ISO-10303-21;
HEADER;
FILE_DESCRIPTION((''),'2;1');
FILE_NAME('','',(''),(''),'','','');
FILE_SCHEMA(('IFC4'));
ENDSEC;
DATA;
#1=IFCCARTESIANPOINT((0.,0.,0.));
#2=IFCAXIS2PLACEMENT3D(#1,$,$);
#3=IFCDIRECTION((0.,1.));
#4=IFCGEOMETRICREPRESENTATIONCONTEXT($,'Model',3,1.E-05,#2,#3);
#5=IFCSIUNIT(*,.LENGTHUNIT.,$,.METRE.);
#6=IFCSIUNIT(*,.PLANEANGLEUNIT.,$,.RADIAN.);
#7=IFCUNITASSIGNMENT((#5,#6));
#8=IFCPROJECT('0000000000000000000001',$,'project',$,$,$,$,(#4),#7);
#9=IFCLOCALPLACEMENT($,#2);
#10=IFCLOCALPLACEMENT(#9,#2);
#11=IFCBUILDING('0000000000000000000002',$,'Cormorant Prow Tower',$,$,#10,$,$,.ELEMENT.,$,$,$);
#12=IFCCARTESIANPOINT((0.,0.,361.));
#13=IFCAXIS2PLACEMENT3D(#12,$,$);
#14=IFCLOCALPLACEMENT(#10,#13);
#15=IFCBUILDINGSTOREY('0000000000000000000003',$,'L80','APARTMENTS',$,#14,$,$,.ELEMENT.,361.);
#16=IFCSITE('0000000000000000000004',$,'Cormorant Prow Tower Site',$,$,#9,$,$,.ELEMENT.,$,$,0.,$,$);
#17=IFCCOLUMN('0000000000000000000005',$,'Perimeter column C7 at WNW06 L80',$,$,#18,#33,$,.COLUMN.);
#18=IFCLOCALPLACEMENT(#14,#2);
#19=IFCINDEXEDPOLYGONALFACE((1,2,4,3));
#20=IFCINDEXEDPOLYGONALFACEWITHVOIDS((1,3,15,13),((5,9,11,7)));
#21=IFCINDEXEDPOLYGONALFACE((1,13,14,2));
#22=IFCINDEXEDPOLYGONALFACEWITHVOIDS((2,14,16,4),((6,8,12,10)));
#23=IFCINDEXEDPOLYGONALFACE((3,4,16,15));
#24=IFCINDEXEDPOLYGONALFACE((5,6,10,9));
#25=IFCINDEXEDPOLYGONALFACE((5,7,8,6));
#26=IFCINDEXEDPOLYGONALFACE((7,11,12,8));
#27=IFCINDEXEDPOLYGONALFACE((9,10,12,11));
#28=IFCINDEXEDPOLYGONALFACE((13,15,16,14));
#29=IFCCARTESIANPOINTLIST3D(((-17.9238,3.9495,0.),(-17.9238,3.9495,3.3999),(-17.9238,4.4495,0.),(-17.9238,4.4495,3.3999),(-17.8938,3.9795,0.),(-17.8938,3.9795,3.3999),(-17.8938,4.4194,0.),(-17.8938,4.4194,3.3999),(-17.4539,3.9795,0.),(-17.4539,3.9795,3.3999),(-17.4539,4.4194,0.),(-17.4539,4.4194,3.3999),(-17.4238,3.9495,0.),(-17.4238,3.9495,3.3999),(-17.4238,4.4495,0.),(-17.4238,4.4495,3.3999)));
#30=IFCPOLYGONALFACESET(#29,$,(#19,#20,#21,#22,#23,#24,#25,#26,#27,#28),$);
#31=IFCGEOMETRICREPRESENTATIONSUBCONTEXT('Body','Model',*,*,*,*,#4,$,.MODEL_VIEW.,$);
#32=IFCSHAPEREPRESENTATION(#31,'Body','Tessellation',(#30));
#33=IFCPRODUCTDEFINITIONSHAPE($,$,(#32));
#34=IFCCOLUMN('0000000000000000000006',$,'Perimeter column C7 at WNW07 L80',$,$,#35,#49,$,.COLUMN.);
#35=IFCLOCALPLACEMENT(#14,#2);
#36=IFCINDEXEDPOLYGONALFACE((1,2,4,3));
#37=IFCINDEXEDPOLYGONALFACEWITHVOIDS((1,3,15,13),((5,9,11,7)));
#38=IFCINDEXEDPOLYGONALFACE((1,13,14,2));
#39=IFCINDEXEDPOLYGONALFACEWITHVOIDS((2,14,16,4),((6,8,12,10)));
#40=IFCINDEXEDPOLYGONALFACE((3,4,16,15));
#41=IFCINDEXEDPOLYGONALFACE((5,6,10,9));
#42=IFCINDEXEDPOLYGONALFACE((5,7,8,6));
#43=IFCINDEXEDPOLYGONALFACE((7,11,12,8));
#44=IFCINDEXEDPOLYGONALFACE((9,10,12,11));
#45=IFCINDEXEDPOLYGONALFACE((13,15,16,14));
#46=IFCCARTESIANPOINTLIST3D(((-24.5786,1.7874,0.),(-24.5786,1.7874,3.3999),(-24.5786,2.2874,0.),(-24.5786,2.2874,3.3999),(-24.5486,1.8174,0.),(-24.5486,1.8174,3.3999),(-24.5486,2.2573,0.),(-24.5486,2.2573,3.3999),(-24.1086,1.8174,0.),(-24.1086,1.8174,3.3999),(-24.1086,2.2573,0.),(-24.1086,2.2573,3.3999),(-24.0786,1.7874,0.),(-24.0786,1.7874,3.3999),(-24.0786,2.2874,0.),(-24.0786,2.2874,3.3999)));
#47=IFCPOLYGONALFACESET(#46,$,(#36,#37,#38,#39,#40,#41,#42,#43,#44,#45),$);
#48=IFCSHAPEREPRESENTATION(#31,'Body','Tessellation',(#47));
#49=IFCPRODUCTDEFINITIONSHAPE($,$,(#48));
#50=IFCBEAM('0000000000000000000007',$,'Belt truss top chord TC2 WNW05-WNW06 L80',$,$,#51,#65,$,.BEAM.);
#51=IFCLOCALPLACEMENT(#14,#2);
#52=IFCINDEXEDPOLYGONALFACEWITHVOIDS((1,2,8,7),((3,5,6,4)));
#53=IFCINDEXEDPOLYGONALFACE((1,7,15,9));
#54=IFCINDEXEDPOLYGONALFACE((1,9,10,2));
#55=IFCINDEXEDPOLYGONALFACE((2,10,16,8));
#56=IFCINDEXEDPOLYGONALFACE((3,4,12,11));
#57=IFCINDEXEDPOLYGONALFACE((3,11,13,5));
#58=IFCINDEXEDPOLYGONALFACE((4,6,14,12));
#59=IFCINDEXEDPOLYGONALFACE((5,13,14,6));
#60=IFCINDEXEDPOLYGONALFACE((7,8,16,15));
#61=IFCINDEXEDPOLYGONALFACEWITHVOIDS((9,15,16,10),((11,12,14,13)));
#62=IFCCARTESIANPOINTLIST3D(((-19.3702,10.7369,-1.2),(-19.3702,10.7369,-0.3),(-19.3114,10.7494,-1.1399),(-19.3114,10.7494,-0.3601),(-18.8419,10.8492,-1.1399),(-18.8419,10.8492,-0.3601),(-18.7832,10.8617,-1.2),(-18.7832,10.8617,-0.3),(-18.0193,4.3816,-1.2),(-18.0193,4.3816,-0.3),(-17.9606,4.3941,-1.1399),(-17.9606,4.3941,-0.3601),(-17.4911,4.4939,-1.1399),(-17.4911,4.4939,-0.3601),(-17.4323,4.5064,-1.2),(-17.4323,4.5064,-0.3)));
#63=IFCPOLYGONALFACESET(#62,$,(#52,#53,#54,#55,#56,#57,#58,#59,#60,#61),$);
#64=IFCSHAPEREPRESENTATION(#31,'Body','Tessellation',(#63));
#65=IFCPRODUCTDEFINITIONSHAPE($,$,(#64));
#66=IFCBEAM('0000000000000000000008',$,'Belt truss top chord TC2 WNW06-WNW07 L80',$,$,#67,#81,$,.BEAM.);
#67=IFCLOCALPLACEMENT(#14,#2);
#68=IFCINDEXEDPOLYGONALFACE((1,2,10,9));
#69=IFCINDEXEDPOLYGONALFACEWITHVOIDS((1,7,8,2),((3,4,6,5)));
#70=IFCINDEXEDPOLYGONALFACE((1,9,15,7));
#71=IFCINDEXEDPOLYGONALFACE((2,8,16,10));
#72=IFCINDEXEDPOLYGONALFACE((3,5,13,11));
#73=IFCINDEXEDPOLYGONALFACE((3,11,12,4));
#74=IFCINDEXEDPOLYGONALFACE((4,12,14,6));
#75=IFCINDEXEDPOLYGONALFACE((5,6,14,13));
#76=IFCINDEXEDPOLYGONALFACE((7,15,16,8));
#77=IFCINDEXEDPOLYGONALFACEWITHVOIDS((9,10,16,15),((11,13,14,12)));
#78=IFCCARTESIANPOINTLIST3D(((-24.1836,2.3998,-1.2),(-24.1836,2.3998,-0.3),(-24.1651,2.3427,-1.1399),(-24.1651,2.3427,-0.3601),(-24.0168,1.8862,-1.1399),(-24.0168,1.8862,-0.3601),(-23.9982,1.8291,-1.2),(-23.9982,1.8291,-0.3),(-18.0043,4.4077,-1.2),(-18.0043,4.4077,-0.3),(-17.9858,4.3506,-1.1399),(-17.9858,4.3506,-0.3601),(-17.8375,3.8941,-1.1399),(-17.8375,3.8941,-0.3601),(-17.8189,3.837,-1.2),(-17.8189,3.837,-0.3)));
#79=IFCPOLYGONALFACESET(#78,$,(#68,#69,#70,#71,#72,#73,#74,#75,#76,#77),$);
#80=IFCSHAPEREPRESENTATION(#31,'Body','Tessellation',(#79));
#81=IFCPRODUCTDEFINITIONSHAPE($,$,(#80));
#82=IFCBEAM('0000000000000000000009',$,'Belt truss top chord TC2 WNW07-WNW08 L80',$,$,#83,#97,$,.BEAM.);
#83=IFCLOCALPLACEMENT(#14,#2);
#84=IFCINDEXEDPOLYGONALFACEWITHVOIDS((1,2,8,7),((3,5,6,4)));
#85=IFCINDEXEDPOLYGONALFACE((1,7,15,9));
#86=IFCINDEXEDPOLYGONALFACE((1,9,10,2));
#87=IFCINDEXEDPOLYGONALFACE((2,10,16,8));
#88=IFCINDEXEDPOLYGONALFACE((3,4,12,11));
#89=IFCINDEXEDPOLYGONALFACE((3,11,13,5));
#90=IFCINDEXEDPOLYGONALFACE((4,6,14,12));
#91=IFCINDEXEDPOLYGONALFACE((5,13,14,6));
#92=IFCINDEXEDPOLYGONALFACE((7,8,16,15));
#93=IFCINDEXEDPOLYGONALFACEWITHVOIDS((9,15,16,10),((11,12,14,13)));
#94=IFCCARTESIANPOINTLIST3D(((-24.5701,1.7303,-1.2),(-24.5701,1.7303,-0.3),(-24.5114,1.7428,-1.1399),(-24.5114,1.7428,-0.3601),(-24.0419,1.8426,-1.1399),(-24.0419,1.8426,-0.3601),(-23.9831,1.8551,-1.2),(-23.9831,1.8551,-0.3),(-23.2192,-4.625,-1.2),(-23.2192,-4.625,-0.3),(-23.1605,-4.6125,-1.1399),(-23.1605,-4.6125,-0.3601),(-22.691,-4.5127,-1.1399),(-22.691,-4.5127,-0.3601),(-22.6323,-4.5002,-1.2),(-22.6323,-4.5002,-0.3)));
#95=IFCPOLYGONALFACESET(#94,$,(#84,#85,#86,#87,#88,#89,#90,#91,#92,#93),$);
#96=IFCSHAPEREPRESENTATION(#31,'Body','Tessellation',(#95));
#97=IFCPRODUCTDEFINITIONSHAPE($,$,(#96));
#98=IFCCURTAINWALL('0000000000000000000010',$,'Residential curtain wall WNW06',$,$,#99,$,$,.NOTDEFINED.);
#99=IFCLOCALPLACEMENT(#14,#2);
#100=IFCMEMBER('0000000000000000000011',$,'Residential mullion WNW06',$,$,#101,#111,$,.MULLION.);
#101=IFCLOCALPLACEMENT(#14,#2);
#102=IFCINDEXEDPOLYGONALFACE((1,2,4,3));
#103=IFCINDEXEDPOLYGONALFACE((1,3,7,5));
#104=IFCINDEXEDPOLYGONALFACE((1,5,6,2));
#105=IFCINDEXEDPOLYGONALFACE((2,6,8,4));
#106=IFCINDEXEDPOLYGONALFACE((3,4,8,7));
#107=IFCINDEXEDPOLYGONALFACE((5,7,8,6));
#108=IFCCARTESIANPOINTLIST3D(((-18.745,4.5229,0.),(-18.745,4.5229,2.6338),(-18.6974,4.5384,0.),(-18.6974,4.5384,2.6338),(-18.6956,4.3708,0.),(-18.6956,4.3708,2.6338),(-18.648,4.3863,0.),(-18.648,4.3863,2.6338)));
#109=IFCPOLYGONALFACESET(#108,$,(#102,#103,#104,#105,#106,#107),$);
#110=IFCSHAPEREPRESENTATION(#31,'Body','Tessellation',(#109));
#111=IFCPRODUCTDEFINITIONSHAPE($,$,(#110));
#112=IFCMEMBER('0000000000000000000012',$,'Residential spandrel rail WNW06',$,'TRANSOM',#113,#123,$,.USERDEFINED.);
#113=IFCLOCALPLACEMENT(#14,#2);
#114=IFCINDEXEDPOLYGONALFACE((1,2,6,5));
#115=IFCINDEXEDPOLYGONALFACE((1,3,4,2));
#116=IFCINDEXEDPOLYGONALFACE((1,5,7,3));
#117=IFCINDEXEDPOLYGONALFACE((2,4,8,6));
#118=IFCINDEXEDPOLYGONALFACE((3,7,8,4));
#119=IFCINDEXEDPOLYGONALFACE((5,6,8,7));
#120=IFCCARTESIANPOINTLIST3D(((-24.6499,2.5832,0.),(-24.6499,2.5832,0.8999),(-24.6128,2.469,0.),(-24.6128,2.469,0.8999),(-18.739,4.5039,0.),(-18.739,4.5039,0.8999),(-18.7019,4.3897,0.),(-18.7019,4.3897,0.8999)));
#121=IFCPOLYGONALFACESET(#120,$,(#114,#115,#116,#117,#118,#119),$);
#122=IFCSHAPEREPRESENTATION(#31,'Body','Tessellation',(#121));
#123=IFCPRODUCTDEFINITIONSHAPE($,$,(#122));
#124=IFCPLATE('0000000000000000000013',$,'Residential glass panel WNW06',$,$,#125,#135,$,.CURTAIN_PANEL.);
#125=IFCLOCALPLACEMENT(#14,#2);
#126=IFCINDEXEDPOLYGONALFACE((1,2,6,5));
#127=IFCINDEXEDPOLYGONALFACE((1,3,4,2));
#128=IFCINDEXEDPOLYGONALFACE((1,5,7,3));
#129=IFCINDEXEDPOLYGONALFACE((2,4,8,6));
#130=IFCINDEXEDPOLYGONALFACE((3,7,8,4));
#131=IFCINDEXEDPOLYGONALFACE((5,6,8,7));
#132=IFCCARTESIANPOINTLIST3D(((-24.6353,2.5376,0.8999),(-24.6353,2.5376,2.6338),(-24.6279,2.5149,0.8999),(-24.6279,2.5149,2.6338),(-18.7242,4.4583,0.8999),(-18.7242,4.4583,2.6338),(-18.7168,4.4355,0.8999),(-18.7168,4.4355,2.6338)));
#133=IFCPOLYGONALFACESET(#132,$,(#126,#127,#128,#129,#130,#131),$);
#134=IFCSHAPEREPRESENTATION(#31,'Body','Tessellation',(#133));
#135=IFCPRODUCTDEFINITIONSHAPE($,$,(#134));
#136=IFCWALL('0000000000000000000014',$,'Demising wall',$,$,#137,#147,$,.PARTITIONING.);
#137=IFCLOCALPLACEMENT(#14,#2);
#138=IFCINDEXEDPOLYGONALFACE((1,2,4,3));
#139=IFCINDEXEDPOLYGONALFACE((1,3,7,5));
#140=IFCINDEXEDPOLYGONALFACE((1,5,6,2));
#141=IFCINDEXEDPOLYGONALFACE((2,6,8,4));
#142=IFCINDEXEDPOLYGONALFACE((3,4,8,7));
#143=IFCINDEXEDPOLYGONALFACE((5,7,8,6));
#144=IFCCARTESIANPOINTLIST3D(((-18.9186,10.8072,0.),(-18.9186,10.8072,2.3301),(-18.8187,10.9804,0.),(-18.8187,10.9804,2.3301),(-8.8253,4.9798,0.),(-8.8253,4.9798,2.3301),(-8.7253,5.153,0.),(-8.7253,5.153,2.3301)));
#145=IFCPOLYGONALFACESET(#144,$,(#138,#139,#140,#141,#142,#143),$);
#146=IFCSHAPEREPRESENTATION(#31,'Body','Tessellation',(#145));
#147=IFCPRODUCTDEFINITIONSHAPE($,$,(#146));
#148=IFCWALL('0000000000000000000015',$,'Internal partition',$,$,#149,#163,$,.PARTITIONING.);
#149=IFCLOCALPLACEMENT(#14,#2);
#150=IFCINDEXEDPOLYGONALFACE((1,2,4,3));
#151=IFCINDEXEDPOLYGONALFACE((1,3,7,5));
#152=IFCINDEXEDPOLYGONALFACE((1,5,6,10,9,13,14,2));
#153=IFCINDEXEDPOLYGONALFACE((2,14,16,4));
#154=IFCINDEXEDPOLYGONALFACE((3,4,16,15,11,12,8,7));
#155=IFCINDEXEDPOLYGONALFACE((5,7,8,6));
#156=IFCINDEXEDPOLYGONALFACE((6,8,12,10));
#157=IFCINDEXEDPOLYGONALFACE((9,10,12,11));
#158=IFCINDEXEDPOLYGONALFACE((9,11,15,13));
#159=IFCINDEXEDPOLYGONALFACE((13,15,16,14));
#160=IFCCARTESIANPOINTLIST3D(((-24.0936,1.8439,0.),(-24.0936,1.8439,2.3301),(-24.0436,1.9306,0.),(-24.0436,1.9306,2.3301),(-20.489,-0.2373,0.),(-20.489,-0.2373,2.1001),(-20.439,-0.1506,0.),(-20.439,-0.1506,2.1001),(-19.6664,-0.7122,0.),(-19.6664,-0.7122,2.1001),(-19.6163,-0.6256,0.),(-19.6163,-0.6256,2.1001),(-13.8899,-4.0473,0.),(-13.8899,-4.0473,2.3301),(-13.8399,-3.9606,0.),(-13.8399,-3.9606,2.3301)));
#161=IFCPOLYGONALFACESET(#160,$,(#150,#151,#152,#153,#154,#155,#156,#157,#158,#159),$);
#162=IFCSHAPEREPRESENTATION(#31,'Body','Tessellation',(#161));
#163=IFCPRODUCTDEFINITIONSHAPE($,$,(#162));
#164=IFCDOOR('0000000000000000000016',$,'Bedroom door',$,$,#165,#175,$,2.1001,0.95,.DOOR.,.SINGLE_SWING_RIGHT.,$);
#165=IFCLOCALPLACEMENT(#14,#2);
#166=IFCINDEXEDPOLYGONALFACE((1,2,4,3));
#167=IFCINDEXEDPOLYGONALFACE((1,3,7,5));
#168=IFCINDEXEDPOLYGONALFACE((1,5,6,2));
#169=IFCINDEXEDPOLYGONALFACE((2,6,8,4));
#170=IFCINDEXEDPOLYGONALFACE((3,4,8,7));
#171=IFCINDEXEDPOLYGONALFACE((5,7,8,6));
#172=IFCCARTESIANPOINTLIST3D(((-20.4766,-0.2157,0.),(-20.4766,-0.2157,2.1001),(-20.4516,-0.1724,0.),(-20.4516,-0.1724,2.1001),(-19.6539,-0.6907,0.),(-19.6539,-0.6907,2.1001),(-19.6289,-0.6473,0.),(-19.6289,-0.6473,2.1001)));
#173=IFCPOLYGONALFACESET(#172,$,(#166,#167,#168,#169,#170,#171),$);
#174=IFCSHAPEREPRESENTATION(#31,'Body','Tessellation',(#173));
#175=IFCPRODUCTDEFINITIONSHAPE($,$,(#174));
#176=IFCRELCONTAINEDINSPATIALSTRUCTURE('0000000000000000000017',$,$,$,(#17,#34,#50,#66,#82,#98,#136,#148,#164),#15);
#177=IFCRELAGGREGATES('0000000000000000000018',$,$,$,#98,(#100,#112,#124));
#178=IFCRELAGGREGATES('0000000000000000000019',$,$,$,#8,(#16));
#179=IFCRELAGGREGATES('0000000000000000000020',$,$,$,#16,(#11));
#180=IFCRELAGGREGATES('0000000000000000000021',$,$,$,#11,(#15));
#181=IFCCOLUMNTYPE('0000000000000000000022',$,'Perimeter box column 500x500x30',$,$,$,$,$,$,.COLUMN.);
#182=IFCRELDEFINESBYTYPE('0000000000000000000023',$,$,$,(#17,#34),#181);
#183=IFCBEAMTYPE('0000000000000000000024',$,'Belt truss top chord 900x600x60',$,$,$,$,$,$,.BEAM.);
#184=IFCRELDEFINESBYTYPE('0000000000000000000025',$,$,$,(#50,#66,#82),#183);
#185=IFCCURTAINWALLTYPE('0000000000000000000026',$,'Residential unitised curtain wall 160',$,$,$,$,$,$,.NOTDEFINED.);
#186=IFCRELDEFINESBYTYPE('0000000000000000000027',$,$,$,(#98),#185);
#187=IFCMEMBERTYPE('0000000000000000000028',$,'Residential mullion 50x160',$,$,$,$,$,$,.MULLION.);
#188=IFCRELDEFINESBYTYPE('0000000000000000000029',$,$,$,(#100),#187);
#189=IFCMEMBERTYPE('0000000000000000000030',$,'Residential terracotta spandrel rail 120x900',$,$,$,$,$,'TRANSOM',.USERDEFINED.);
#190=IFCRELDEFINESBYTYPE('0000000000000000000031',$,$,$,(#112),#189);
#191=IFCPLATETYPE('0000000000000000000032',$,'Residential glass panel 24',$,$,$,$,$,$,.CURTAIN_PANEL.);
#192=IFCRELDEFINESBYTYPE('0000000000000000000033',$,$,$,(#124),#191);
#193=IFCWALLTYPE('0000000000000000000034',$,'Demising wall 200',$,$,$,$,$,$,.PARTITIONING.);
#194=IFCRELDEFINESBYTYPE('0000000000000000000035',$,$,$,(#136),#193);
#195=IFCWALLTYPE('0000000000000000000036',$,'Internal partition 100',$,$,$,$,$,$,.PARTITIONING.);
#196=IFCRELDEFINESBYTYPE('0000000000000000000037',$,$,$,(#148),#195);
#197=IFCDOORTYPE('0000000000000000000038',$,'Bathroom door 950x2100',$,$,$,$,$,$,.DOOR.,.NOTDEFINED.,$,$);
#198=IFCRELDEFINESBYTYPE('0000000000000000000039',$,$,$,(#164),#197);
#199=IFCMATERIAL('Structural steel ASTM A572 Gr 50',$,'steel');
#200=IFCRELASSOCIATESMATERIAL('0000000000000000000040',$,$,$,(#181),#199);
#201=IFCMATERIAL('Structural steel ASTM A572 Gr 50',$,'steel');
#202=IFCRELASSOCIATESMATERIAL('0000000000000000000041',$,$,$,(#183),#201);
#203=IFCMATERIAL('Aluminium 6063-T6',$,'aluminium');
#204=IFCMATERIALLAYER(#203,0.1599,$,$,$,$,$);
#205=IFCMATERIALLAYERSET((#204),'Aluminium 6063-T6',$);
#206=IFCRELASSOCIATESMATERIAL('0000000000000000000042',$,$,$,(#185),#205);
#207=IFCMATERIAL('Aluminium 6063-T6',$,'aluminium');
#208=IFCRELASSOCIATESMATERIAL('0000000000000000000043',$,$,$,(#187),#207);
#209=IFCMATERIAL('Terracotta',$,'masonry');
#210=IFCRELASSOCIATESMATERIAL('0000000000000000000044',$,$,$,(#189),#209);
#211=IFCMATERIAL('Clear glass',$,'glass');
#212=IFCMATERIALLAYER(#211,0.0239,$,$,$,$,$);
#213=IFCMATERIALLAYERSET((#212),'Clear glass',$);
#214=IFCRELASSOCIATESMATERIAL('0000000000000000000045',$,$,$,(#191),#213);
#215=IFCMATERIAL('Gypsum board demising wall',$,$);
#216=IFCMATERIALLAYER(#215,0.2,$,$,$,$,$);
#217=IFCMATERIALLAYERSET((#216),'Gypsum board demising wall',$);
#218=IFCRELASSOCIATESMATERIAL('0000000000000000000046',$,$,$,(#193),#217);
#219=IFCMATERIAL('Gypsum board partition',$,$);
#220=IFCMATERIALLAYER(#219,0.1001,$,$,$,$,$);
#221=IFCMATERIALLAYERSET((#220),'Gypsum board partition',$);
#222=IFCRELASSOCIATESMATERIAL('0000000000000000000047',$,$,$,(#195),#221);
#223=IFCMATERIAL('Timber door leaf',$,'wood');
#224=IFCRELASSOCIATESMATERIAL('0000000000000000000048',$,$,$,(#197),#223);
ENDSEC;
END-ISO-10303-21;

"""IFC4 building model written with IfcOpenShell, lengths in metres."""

from ifc_helpers import new_model, si_unit, direction, frame, frame_2d, origin, origin_2d, place, context, subcontext, project, spatial, rectangle, hollow_rectangle, extrude, material, layer, layer_set, material_profile, profile_set, type_object, element, fill, aggregate, save


model = new_model("IFC4")

# Units and contexts
model_context = context("Model", 3, precision=1e-05, world=origin(), true_north=direction((0.0, 1.0)))
body_context = subcontext(model_context, "Body", "Model", "MODEL_VIEW")
ifc_project = project(units=[si_unit("LENGTHUNIT", "METRE"), si_unit("PLANEANGLEUNIT", "RADIAN")], contexts=[model_context])

# Site, building, storey
site_placement = place(None, origin())
site = spatial("IfcSite", under=ifc_project, at=site_placement, Name="Cormorant Prow Tower Site", CompositionType="ELEMENT", RefElevation=0.0)
building_placement = place(site_placement, origin())
building = spatial("IfcBuilding", under=site, at=building_placement, Name="Cormorant Prow Tower", CompositionType="ELEMENT")
storey_placement = place(building_placement, frame((0.0, 0.0, 361.0)))
storey = spatial("IfcBuildingStorey", under=building, at=storey_placement, Name="L80", Description="APARTMENTS", CompositionType="ELEMENT", Elevation=361.0)

# Columns
ifc_material_1 = material(Name="Structural steel ASTM A572 Gr 50", Category="steel")
ifc_material_profile_1 = material_profile(ifc_material_1, hollow_rectangle(XDim=0.5, YDim=0.5, WallThickness=0.03, at=origin_2d()), Name="Box 500x500x30")
ifc_profile_set_1 = profile_set([ifc_material_profile_1], Name="Structural steel ASTM A572 Gr 50")
column_type = type_object("IfcColumnType", Name="Perimeter box column 500x500x30", PredefinedType="COLUMN", material=ifc_profile_set_1)
for number, where, z_axis, x_axis, name in (
    (1, (-17.6738, 4.1995, 0.0), (0.0, 0.0, 1.0), (1.0, 0.0, 0.0), "Perimeter column C7 at WNW06 L80"),
    (2, (-24.3286, 2.0374, 0.0), (0.0, 0.0, 1.0), (1.0, 0.0, 0.0), "Perimeter column C7 at WNW07 L80"),
):
    element("IfcColumn", number, at=place(storey_placement, frame(where, z_axis=z_axis, x_axis=x_axis)), inside=storey, type_object=column_type, Name=name, PredefinedType="COLUMN", context=body_context, shape_type="SweptSolid", body=[
        extrude(hollow_rectangle(XDim=0.5, YDim=0.5, WallThickness=0.03, at=origin_2d()), origin(), (0.0, 0.0, 1.0), 3.3999),
    ])

# Beams
ifc_material_2 = material(Name="Structural steel ASTM A572 Gr 50", Category="steel")
ifc_material_profile_2 = material_profile(ifc_material_2, hollow_rectangle(XDim=0.6001, YDim=0.8999, WallThickness=0.0601, at=origin_2d()), Name="Box 900x600x60")
ifc_profile_set_2 = profile_set([ifc_material_profile_2], Name="Structural steel ASTM A572 Gr 50")
beam_type = type_object("IfcBeamType", Name="Belt truss top chord 900x600x60", PredefinedType="BEAM", material=ifc_profile_set_2)
for number, where, z_axis, x_axis, name in (
    (3, (-19.0767, 10.7993, -0.75), (0.20791, -0.978148, 0.0), (0.978148, 0.20791, 0.0), "Belt truss top chord TC2 WNW05-WNW06 L80"),
    (4, (-17.9116, 4.1223, -0.75), (-0.951053, -0.309027, 0.0), (0.309027, -0.951053, 0.0), "Belt truss top chord TC2 WNW06-WNW07 L80"),
    (5, (-24.2766, 1.7927, -0.75), (0.20791, -0.978148, 0.0), (0.978148, 0.20791, 0.0), "Belt truss top chord TC2 WNW07-WNW08 L80"),
):
    element("IfcBeam", number, at=place(storey_placement, frame(where, z_axis=z_axis, x_axis=x_axis)), inside=storey, type_object=beam_type, Name=name, PredefinedType="BEAM", context=body_context, shape_type="SweptSolid", body=[
        extrude(hollow_rectangle(XDim=0.6001, YDim=0.8999, WallThickness=0.0601, at=origin_2d()), origin(), (0.0, 0.0, 1.0), 6.4973),
    ])

# Curtain wall, members, plate
ifc_material_3 = material(Name="Aluminium 6063-T6", Category="aluminium")
ifc_layer_1 = layer(ifc_material_3, 0.1599)
ifc_layer_set_1 = layer_set([ifc_layer_1], Name="Aluminium 6063-T6")
curtain_wall_type = type_object("IfcCurtainWallType", Name="Residential unitised curtain wall 160", PredefinedType="NOTDEFINED", material=ifc_layer_set_1)
curtain_wall_placement = place(storey_placement, origin())
curtain_wall = element("IfcCurtainWall", 6, at=curtain_wall_placement, inside=storey, type_object=curtain_wall_type, Name="Residential curtain wall WNW06", PredefinedType="NOTDEFINED")
ifc_material_4 = material(Name="Aluminium 6063-T6", Category="aluminium")
ifc_material_profile_3 = material_profile(ifc_material_4, rectangle(XDim=0.1599, YDim=0.05, at=origin_2d()), Name="Residential mullion 50x160")
ifc_profile_set_3 = profile_set([ifc_material_profile_3], Name="Aluminium 6063-T6")
member_type_1 = type_object("IfcMemberType", Name="Residential mullion 50x160", PredefinedType="MULLION", material=ifc_profile_set_3)
member_1_placement = place(storey_placement, frame((-18.6965, 4.4546, 0.0), z_axis=(0.0, 0.0, 1.0), x_axis=(0.309017, -0.951057, 0.0)))
member_1 = element("IfcMember", 7, at=member_1_placement, type_object=member_type_1, Name="Residential mullion WNW06", PredefinedType="MULLION", context=body_context, shape_type="SweptSolid", body=[
    extrude(rectangle(XDim=0.1599, YDim=0.05, at=origin_2d()), origin(), (0.0, 0.0, 1.0), 2.6338),
])
ifc_material_5 = material(Name="Terracotta", Category="masonry")
ifc_material_profile_4 = material_profile(ifc_material_5, rectangle(XDim=0.1201, YDim=0.8999, at=origin_2d()), Name="Residential terracotta spandrel rail 120x900")
ifc_profile_set_4 = profile_set([ifc_material_profile_4], Name="Terracotta")
member_type_2 = type_object("IfcMemberType", Name="Residential terracotta spandrel rail 120x900", ElementType="TRANSOM", PredefinedType="USERDEFINED", material=ifc_profile_set_4)
member_2_placement = place(storey_placement, frame((-18.7205, 4.4468, 0.45), z_axis=(-0.951052, -0.30903, 0.0), x_axis=(0.30903, -0.951052, 0.0)))
member_2 = element("IfcMember", 8, at=member_2_placement, type_object=member_type_2, Name="Residential spandrel rail WNW06", ObjectType="TRANSOM", PredefinedType="USERDEFINED", context=body_context, shape_type="SweptSolid", body=[
    extrude(rectangle(XDim=0.1201, YDim=0.8999, at=origin_2d()), origin(), (0.0, 0.0, 1.0), 6.2151),
])
ifc_material_6 = material(Name="Clear glass", Category="glass")
ifc_layer_2 = layer(ifc_material_6, 0.0239)
ifc_layer_set_2 = layer_set([ifc_layer_2], Name="Clear glass")
plate_type = type_object("IfcPlateType", Name="Residential glass panel 24", PredefinedType="CURTAIN_PANEL", material=ifc_layer_set_2)
plate_placement = place(storey_placement, frame((-21.676, 3.4866, 0.8999), z_axis=(0.0, 0.0, 1.0), x_axis=(-0.951057, -0.309017, 0.0)))
plate = element("IfcPlate", 9, at=plate_placement, type_object=plate_type, Name="Residential glass panel WNW06", PredefinedType="CURTAIN_PANEL", context=body_context, shape_type="SweptSolid", body=[
    extrude(rectangle(XDim=6.2153, YDim=0.0239, at=origin_2d()), origin(), (0.0, 0.0, 1.0), 1.7339),
])
aggregate(curtain_wall, [member_1, member_2, plate])

# Wall
ifc_material_7 = material(Name="Gypsum board demising wall")
ifc_layer_3 = layer(ifc_material_7, 0.2)
ifc_layer_set_3 = layer_set([ifc_layer_3], Name="Gypsum board demising wall")
wall_type_1 = type_object("IfcWallType", Name="Demising wall 200", PredefinedType="PARTITIONING", material=ifc_layer_set_3)
wall_1_placement = place(storey_placement, frame((-18.8687, 10.8938, 0.0), z_axis=(0.0, 0.0, 1.0), x_axis=(0.866024, -0.500003, 0.0)))
element("IfcWall", 10, at=wall_1_placement, inside=storey, type_object=wall_type_1, Name="Demising wall", PredefinedType="PARTITIONING", context=body_context, shape_type="SweptSolid", body=[
    extrude(rectangle(XDim=11.6548, YDim=0.2, at=frame_2d((5.8274, 0.0))), origin(), (0.0, 0.0, 1.0), 2.3301),
])

# Wall, opening, door
ifc_material_8 = material(Name="Gypsum board partition")
ifc_layer_4 = layer(ifc_material_8, 0.1001)
ifc_layer_set_4 = layer_set([ifc_layer_4], Name="Gypsum board partition")
wall_type_2 = type_object("IfcWallType", Name="Internal partition 100", PredefinedType="PARTITIONING", material=ifc_layer_set_4)
wall_2_placement = place(storey_placement, frame((-24.0686, 1.8872, 0.0), z_axis=(0.0, 0.0, 1.0), x_axis=(0.866023, -0.500003, 0.0)))
wall_2 = element("IfcWall", 11, at=wall_2_placement, inside=storey, type_object=wall_type_2, Name="Internal partition", PredefinedType="PARTITIONING", context=body_context, shape_type="SweptSolid", body=[
    extrude(rectangle(XDim=11.7822, YDim=0.1001, at=frame_2d((5.8911, 0.0))), origin(), (0.0, 0.0, 1.0), 2.3301),
])
opening_1_placement = place(wall_2_placement, frame((4.1621, 0.0, 0.0)))
opening_1 = element("IfcOpeningElement", 12, at=opening_1_placement, cuts=wall_2, PredefinedType="OPENING", context=body_context, shape_type="SweptSolid", body=[
    extrude(rectangle(XDim=0.95, YDim=2.1001, at=frame_2d((0.4751, 1.05))), frame((0.0, 0.0601, 0.0), z_axis=(0.0, -1.0, 0.0), x_axis=(1.0, 0.0, 0.0)), (0.0, 0.0, 1.0), 0.1201),
])
ifc_material_9 = material(Name="Timber door leaf", Category="wood")
door_type_1 = type_object("IfcDoorType", Name="Bathroom door 950x2100", OperationType="NOTDEFINED", PredefinedType="DOOR", material=ifc_material_9)
door_1_placement = place(opening_1_placement, origin())
door_1 = element("IfcDoor", 13, at=door_1_placement, inside=storey, type_object=door_type_1, Name="Bedroom door", OperationType="SINGLE_SWING_RIGHT", OverallHeight=2.1001, OverallWidth=0.95, PredefinedType="DOOR", context=body_context, shape_type="SweptSolid", body=[
    extrude(rectangle(XDim=0.95, YDim=2.1001, at=frame_2d((0.4751, 1.05))), frame((0.0, 0.0249, 0.0), z_axis=(0.0, -1.0, 0.0), x_axis=(1.0, 0.0, 0.0)), (0.0, 0.0, 1.0), 0.05),
])
fill(opening_1, door_1)

save(model, "model.ifc")
